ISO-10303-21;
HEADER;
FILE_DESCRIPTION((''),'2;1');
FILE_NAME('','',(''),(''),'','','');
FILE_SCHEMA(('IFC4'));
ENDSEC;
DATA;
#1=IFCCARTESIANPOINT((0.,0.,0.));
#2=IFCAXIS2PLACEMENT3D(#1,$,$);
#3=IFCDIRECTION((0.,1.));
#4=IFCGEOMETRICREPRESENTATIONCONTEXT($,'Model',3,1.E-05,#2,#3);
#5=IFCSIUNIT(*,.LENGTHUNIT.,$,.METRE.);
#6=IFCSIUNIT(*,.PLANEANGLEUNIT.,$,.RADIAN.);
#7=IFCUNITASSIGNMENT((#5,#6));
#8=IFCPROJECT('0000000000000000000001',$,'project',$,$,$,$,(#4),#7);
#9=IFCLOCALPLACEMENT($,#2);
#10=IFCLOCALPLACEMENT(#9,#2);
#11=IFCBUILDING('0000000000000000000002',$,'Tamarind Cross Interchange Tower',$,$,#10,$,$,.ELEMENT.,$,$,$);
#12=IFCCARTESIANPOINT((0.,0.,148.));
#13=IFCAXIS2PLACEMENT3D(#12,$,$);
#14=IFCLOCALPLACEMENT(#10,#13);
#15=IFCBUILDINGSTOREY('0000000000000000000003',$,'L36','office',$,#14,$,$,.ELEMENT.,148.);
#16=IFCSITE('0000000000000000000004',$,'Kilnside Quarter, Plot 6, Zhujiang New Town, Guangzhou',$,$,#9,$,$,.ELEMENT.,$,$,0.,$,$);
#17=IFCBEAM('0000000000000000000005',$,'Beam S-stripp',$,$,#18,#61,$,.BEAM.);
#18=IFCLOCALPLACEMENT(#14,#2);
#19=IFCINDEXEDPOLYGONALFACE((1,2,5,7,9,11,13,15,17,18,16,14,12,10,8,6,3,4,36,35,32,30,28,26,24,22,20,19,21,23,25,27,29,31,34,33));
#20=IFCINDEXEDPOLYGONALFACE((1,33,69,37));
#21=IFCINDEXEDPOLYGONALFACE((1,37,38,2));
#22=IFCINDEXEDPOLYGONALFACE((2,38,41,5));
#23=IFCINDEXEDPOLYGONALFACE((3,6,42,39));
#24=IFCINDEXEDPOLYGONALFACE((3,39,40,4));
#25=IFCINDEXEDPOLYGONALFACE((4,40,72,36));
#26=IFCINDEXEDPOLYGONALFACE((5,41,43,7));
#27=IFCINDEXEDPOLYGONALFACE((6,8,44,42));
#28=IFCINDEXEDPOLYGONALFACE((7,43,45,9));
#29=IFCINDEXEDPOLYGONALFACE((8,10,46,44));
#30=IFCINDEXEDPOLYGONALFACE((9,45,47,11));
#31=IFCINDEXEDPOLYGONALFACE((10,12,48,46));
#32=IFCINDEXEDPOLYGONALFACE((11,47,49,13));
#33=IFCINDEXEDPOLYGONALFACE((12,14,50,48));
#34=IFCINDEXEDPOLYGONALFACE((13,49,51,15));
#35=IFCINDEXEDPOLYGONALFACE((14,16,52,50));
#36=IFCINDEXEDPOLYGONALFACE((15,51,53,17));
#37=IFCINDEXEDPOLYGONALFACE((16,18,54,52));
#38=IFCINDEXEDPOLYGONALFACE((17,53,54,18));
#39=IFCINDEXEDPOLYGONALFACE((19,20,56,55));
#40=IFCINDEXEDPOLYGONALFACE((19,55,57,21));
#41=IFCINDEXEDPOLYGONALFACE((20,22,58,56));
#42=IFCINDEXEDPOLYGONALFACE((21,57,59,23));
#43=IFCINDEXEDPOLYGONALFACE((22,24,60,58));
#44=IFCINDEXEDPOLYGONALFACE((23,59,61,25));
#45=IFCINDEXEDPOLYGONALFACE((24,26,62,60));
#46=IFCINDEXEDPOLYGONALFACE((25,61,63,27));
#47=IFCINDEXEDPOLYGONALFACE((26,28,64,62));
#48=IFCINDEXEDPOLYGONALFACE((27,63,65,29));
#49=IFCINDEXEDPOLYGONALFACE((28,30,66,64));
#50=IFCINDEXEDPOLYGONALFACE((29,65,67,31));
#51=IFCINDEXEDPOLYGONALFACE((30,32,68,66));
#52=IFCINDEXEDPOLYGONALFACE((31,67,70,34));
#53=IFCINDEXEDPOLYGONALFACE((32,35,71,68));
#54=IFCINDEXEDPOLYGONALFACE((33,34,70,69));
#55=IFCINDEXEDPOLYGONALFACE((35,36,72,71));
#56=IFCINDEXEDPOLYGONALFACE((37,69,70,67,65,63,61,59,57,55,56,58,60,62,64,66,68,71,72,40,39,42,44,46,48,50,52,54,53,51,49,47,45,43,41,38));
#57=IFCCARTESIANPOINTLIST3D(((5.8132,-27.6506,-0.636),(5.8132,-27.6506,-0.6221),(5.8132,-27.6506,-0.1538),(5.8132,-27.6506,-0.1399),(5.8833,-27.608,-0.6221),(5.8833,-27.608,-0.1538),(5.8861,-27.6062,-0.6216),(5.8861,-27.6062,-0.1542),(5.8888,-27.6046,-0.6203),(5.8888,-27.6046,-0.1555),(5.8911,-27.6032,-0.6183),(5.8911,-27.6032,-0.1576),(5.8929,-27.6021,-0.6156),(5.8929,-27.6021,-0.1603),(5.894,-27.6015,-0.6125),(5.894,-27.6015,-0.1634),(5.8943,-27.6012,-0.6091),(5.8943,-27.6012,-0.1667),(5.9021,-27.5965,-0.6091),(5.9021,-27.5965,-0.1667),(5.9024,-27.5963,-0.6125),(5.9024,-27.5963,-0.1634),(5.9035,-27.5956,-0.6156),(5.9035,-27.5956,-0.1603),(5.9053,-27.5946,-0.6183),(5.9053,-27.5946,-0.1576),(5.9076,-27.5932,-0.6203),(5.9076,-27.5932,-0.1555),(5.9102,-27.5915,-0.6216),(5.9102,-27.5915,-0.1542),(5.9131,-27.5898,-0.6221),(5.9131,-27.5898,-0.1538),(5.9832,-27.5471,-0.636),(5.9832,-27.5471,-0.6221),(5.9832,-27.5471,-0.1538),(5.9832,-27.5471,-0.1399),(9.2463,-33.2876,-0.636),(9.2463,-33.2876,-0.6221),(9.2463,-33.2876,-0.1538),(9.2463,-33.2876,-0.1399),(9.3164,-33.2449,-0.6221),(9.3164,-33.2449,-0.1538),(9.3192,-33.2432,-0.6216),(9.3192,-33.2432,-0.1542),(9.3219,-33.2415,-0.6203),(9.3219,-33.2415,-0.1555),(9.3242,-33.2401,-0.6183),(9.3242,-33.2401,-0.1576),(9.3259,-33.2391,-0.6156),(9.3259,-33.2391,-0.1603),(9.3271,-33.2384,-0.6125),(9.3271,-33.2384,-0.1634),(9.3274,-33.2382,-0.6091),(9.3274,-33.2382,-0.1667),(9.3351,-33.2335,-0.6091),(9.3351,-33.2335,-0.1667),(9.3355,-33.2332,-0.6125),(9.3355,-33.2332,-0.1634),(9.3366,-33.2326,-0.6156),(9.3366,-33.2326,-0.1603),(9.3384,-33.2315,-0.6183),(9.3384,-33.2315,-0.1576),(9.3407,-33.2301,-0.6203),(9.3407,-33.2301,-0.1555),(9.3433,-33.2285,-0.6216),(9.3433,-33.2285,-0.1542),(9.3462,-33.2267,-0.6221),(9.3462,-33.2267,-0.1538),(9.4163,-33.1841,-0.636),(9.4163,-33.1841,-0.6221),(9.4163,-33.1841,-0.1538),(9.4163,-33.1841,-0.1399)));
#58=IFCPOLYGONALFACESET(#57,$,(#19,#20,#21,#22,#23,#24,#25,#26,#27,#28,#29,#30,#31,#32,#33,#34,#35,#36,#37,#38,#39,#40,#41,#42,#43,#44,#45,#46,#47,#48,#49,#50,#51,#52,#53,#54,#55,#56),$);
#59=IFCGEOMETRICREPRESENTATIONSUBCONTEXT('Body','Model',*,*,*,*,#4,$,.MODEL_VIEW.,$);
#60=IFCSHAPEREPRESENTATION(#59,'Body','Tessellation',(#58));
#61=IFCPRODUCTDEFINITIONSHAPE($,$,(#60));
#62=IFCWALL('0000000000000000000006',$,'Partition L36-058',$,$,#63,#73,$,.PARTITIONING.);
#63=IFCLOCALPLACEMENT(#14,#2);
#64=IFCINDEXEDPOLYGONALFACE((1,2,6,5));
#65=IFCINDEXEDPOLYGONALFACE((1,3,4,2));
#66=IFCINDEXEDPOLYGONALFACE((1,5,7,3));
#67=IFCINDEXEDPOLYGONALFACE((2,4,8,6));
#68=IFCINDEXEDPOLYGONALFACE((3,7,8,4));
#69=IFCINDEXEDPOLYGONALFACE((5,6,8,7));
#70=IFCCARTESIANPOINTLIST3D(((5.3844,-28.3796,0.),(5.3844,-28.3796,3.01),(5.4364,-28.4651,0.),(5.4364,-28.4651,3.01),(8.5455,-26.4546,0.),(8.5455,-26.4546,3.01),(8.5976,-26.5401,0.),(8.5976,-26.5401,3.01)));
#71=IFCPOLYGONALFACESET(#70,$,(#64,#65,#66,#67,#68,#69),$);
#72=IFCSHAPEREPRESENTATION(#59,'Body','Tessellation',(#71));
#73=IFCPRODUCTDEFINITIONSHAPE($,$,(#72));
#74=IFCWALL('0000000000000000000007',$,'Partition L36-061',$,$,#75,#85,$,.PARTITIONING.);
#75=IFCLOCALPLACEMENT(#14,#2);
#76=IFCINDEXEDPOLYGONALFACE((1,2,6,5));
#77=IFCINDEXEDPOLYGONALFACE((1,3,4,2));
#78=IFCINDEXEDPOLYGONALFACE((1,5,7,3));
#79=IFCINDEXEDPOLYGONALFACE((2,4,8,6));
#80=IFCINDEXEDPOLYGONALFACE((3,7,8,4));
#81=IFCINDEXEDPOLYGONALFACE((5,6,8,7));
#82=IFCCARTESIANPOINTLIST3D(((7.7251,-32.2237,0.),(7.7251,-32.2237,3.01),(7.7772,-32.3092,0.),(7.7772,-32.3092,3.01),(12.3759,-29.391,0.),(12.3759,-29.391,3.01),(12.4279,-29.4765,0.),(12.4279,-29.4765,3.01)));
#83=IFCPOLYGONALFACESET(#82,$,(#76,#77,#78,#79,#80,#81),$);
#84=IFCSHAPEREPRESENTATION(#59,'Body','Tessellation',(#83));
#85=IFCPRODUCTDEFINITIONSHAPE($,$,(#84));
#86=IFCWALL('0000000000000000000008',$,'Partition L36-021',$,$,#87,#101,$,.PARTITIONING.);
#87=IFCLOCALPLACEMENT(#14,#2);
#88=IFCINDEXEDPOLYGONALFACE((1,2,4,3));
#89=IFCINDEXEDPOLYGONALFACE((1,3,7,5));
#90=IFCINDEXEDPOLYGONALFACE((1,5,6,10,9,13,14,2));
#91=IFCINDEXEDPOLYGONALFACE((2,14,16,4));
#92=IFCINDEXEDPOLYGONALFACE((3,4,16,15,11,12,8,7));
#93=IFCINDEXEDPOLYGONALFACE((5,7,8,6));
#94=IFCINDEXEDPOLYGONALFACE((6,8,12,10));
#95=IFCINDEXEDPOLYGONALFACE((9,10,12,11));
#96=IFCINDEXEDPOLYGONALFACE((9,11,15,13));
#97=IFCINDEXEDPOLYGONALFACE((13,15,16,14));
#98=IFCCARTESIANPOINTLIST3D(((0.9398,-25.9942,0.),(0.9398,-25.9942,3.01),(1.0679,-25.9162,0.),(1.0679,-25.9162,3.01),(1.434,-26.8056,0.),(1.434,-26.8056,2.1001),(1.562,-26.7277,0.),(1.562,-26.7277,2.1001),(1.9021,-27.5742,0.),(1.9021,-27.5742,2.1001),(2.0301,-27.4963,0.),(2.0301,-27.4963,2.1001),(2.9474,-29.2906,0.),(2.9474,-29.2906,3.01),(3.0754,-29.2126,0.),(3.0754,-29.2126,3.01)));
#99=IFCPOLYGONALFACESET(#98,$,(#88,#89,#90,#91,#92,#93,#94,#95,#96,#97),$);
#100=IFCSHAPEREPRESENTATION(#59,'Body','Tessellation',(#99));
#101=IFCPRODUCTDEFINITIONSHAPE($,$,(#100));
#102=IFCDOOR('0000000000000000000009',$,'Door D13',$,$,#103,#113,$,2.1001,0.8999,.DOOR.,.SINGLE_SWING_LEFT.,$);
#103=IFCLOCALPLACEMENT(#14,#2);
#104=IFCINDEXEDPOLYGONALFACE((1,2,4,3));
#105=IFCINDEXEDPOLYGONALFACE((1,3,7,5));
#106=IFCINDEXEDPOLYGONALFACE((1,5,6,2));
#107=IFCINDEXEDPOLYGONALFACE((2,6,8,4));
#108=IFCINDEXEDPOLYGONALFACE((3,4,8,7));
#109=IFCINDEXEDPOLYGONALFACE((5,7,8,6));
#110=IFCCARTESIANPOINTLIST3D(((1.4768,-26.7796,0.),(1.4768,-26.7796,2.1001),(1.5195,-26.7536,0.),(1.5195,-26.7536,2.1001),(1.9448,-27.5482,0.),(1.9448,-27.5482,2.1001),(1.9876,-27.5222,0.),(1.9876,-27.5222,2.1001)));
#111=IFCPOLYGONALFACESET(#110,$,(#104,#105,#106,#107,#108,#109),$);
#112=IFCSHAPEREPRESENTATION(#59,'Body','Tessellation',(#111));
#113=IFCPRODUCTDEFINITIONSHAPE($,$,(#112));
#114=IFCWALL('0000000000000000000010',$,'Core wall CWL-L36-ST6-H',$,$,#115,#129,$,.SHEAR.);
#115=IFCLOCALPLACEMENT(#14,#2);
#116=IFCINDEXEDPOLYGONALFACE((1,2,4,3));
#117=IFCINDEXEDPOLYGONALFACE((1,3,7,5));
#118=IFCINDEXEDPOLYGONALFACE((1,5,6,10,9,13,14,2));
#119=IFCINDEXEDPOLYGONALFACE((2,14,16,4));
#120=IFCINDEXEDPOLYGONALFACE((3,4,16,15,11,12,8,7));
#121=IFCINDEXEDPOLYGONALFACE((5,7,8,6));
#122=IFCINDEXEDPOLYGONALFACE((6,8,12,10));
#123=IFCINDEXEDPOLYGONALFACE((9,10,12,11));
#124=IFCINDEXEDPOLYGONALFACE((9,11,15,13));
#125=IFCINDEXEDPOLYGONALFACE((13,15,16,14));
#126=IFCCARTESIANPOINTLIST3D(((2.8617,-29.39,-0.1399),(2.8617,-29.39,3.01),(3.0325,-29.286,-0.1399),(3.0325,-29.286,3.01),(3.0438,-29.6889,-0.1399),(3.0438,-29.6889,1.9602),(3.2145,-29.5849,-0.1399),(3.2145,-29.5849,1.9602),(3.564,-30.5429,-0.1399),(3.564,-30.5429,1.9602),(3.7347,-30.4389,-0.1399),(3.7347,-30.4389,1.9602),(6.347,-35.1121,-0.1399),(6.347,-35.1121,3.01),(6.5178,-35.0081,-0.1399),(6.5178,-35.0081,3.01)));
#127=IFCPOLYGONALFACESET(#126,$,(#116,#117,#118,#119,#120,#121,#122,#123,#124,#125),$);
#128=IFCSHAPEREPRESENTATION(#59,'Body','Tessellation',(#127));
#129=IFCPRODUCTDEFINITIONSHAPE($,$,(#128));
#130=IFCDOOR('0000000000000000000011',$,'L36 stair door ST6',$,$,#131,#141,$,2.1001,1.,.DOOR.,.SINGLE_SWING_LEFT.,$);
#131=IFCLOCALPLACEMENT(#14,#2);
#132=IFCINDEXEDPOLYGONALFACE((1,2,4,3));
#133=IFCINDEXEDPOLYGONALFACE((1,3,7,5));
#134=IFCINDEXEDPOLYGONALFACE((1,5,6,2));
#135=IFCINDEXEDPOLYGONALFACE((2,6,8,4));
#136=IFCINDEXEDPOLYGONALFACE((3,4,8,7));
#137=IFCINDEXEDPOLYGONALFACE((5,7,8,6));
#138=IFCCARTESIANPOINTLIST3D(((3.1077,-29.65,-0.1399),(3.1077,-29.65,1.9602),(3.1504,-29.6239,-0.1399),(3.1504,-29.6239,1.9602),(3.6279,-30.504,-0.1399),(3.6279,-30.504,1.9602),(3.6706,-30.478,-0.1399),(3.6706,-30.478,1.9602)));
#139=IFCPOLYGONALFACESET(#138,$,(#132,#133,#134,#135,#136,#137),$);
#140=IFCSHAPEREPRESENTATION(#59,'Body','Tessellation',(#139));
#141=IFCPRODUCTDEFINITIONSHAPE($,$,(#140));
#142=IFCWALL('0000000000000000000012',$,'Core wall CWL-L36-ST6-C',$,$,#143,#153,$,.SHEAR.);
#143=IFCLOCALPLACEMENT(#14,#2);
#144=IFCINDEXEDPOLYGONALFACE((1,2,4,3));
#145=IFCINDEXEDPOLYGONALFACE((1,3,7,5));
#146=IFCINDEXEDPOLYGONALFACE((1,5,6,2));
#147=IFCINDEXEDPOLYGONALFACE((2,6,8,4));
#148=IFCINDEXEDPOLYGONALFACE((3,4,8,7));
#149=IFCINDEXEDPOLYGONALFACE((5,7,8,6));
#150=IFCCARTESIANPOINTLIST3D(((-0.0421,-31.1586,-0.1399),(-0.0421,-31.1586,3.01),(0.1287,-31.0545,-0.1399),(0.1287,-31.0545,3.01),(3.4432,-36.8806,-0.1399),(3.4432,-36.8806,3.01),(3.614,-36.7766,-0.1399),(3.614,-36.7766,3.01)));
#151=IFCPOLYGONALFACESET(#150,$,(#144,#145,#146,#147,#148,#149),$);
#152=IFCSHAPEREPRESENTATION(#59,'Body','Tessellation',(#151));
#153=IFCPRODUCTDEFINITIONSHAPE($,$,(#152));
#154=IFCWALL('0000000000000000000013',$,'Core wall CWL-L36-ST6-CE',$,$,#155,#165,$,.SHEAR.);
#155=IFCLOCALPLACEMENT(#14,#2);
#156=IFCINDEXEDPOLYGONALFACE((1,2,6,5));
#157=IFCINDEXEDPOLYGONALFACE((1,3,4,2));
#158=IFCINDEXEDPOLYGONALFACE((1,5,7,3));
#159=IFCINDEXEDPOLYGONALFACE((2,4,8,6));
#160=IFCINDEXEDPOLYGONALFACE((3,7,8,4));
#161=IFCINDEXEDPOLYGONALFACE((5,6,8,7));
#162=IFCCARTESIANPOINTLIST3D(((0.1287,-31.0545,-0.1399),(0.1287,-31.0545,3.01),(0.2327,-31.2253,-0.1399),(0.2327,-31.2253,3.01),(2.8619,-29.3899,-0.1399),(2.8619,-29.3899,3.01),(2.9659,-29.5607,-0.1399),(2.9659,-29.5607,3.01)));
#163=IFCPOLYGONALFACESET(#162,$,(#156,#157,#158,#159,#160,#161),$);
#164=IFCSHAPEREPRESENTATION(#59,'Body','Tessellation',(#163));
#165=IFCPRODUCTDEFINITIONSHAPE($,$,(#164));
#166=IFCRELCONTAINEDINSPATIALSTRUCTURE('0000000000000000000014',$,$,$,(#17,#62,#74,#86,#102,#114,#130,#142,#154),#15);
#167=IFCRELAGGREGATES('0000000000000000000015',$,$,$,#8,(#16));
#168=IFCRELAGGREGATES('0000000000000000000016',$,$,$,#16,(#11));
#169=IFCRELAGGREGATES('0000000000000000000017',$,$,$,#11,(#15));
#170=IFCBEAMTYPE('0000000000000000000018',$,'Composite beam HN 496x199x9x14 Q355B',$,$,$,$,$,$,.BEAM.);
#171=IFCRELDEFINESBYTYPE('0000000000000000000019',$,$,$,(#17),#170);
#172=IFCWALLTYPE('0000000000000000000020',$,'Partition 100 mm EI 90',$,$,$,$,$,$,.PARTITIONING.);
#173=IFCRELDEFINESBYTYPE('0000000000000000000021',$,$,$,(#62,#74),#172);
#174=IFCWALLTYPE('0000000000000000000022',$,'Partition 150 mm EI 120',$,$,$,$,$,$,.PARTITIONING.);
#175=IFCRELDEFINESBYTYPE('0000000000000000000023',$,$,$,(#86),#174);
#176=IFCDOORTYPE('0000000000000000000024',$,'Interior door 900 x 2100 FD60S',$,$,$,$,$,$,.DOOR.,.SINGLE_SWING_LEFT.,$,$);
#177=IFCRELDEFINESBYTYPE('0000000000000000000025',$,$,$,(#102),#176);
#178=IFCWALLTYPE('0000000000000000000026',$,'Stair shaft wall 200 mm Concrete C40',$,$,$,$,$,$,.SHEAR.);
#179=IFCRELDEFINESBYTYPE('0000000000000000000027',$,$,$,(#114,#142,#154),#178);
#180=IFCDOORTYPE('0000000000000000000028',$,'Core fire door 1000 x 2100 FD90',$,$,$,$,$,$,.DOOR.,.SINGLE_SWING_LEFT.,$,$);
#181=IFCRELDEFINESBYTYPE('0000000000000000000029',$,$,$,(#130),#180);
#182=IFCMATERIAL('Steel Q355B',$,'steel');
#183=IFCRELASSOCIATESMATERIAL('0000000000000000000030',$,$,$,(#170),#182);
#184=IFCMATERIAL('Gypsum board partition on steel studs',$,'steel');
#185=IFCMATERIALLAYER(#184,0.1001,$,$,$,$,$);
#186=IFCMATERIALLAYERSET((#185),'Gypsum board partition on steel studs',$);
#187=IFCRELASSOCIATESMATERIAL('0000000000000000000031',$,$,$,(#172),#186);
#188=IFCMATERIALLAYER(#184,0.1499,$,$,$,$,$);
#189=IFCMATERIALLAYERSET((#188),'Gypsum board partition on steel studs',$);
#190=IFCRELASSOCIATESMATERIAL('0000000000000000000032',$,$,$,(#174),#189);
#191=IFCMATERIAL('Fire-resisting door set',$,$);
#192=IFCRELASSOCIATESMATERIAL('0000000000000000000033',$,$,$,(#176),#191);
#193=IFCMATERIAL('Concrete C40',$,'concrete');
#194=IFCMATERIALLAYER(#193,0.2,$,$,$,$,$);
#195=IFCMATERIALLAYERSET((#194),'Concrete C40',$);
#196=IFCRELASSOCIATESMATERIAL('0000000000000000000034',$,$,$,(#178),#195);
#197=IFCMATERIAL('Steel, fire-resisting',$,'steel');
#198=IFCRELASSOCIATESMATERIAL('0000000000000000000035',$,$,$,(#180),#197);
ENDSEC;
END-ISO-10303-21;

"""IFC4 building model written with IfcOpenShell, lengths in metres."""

from ifc_helpers import new_model, si_unit, direction, frame, frame_2d, origin, origin_2d, place, context, subcontext, project, spatial, rectangle, i_section, extrude, material, layer, layer_set, material_profile, profile_set, type_object, element, fill, save


model = new_model("IFC4")

# Units and contexts
model_context = context("Model", 3, precision=1e-05, world=origin(), true_north=direction((0.0, 1.0)))
body_context = subcontext(model_context, "Body", "Model", "MODEL_VIEW")
ifc_project = project(units=[si_unit("LENGTHUNIT", "METRE"), si_unit("PLANEANGLEUNIT", "RADIAN")], contexts=[model_context])

# Site, building, storey
site_placement = place(None, origin())
site = spatial("IfcSite", under=ifc_project, at=site_placement, Name="Kilnside Quarter, Plot 6, Zhujiang New Town, Guangzhou", CompositionType="ELEMENT", RefElevation=0.0)
building_placement = place(site_placement, origin())
building = spatial("IfcBuilding", under=site, at=building_placement, Name="Tamarind Cross Interchange Tower", CompositionType="ELEMENT")
storey_placement = place(building_placement, frame((0.0, 0.0, 148.0)))
storey = spatial("IfcBuildingStorey", under=building, at=storey_placement, Name="L36", Description="office", CompositionType="ELEMENT", Elevation=148.0)

# Beam
ifc_material_1 = material(Name="Steel Q355B", Category="steel")
ifc_material_profile_1 = material_profile(ifc_material_1, i_section(OverallWidth=0.199, OverallDepth=0.4961, WebThickness=0.009, FlangeThickness=0.0139, FilletRadius=0.0129, at=origin_2d()), Name="HN 496x199x9x14")
ifc_profile_set_1 = profile_set([ifc_material_profile_1], Name="Steel Q355B")
beam_type = type_object("IfcBeamType", Name="Composite beam HN 496x199x9x14 Q355B", PredefinedType="BEAM", material=ifc_profile_set_1)
for number, where, z_axis, x_axis, name in (
    (1, (5.8982, -27.5989, -0.3879), (0.520158, -0.85407, 0.0), (0.85407, 0.520158, 0.0), "Beam S-stripp"),
):
    element("IfcBeam", number, at=place(storey_placement, frame(where, z_axis=z_axis, x_axis=x_axis)), inside=storey, type_object=beam_type, Name=name, PredefinedType="BEAM", context=body_context, shape_type="SweptSolid", body=[
        extrude(i_section(OverallWidth=0.199, OverallDepth=0.4961, WebThickness=0.009, FlangeThickness=0.0139, FilletRadius=0.0129, at=origin_2d()), origin(), (0.0, 0.0, 1.0), 6.6001),
    ])

# Walls
ifc_material_2 = material(Name="Gypsum board partition on steel studs", Category="steel")
ifc_layer_1 = layer(ifc_material_2, 0.1001)
ifc_layer_set_1 = layer_set([ifc_layer_1], Name="Gypsum board partition on steel studs")
wall_type_1 = type_object("IfcWallType", Name="Partition 100 mm EI 90", PredefinedType="PARTITIONING", material=ifc_layer_set_1)
wall_1_placement = place(storey_placement, frame((5.4104, -28.4224, 0.0), z_axis=(0.0, 0.0, 1.0), x_axis=(0.854093, 0.520121, 0.0)))
element("IfcWall", 2, at=wall_1_placement, inside=storey, type_object=wall_type_1, Name="Partition L36-058", PredefinedType="PARTITIONING", context=body_context, shape_type="SweptSolid", body=[
    extrude(rectangle(XDim=3.7012, YDim=0.1001, at=frame_2d((1.8506, 0.0))), origin(), (0.0, 0.0, 1.0), 3.01),
])
wall_2_placement = place(storey_placement, frame((7.7512, -32.2664, 0.0), z_axis=(0.0, 0.0, 1.0), x_axis=(0.854052, 0.520187, 0.0)))
element("IfcWall", 3, at=wall_2_placement, inside=storey, type_object=wall_type_1, Name="Partition L36-061", PredefinedType="PARTITIONING", context=body_context, shape_type="SweptSolid", body=[
    extrude(rectangle(XDim=5.4456, YDim=0.1001, at=frame_2d((2.7227, 0.0))), origin(), (0.0, 0.0, 1.0), 3.01),
])

# Walls, openings, doors
ifc_layer_2 = layer(ifc_material_2, 0.1499)
ifc_layer_set_2 = layer_set([ifc_layer_2], Name="Gypsum board partition on steel studs")
wall_type_2 = type_object("IfcWallType", Name="Partition 150 mm EI 120", PredefinedType="PARTITIONING", material=ifc_layer_set_2)
wall_3_placement = place(storey_placement, frame((1.0039, -25.9553, 0.0), z_axis=(0.0, 0.0, 1.0), x_axis=(0.52015, -0.854075, 0.0)))
wall_3 = element("IfcWall", 4, at=wall_3_placement, inside=storey, type_object=wall_type_2, Name="Partition L36-021", PredefinedType="PARTITIONING", context=body_context, shape_type="SweptSolid", body=[
    extrude(rectangle(XDim=3.8596, YDim=0.1499, at=frame_2d((1.9297, 0.0))), origin(), (0.0, 0.0, 1.0), 3.01),
])
opening_1_placement = place(wall_3_placement, frame((0.95, 0.0, 0.0)))
opening_1 = element("IfcOpeningElement", 5, at=opening_1_placement, cuts=wall_3, PredefinedType="OPENING", context=body_context, shape_type="SweptSolid", body=[
    extrude(rectangle(XDim=0.8999, YDim=2.1001, at=frame_2d((0.45, 1.05))), frame((0.0, 0.085, 0.0), z_axis=(0.0, -1.0, 0.0), x_axis=(1.0, 0.0, 0.0)), (0.0, 0.0, 1.0), 0.1699),
])
ifc_material_3 = material(Name="Fire-resisting door set")
door_type_1 = type_object("IfcDoorType", Name="Interior door 900 x 2100 FD60S", OperationType="SINGLE_SWING_LEFT", PredefinedType="DOOR", material=ifc_material_3)
door_1_placement = place(opening_1_placement, frame((0.8999, 0.0, 0.0), z_axis=(0.0, 0.0, 1.0), x_axis=(-1.0, 0.0, 0.0)))
door_1 = element("IfcDoor", 6, at=door_1_placement, inside=storey, type_object=door_type_1, Name="Door D13", OperationType="SINGLE_SWING_LEFT", OverallHeight=2.1001, OverallWidth=0.8999, PredefinedType="DOOR", context=body_context, shape_type="SweptSolid", body=[
    extrude(rectangle(XDim=0.8999, YDim=2.1001, at=frame_2d((0.45, 1.05))), frame((0.0, 0.0249, 0.0), z_axis=(0.0, -1.0, 0.0), x_axis=(1.0, 0.0, 0.0)), (0.0, 0.0, 1.0), 0.05),
])
fill(opening_1, door_1)
ifc_material_4 = material(Name="Concrete C40", Category="concrete")
ifc_layer_3 = layer(ifc_material_4, 0.2)
ifc_layer_set_3 = layer_set([ifc_layer_3], Name="Concrete C40")
wall_type_3 = type_object("IfcWallType", Name="Stair shaft wall 200 mm Concrete C40", PredefinedType="SHEAR", material=ifc_layer_set_3)
wall_4_placement = place(storey_placement, frame((2.947, -29.3379, -0.1399), z_axis=(0.0, 0.0, 1.0), x_axis=(0.520197, -0.854047, 0.0)))
wall_4 = element("IfcWall", 7, at=wall_4_placement, inside=storey, type_object=wall_type_3, Name="Core wall CWL-L36-ST6-H", PredefinedType="SHEAR", context=body_context, shape_type="SweptSolid", body=[
    extrude(rectangle(XDim=6.7, YDim=0.2, at=frame_2d((3.3501, 0.0))), origin(), (0.0, 0.0, 1.0), 3.1499),
])
opening_2_placement = place(wall_4_placement, frame((0.3501, 0.0, 0.0)))
opening_2 = element("IfcOpeningElement", 8, at=opening_2_placement, cuts=wall_4, PredefinedType="OPENING", context=body_context, shape_type="SweptSolid", body=[
    extrude(rectangle(XDim=1.0, YDim=2.1001, at=frame_2d((0.5, 1.05))), frame((0.0, 0.1099, 0.0), z_axis=(0.0, -1.0, 0.0), x_axis=(1.0, 0.0, 0.0)), (0.0, 0.0, 1.0), 0.22),
])
ifc_material_5 = material(Name="Steel, fire-resisting", Category="steel")
door_type_2 = type_object("IfcDoorType", Name="Core fire door 1000 x 2100 FD90", OperationType="SINGLE_SWING_LEFT", PredefinedType="DOOR", material=ifc_material_5)
door_2_placement = place(opening_2_placement, origin())
door_2 = element("IfcDoor", 9, at=door_2_placement, inside=storey, type_object=door_type_2, Name="L36 stair door ST6", OperationType="SINGLE_SWING_LEFT", OverallHeight=2.1001, OverallWidth=1.0, PredefinedType="DOOR", context=body_context, shape_type="SweptSolid", body=[
    extrude(rectangle(XDim=1.0, YDim=2.1001, at=frame_2d((0.5, 1.05))), frame((0.0, 0.0249, 0.0), z_axis=(0.0, -1.0, 0.0), x_axis=(1.0, 0.0, 0.0)), (0.0, 0.0, 1.0), 0.05),
])
fill(opening_2, door_2)

# Walls
wall_5_placement = place(storey_placement, frame((0.0432, -31.1064, -0.1399), z_axis=(0.0, 0.0, 1.0), x_axis=(0.520197, -0.854047, 0.0)))
element("IfcWall", 10, at=wall_5_placement, inside=storey, type_object=wall_type_3, Name="Core wall CWL-L36-ST6-C", PredefinedType="SHEAR", context=body_context, shape_type="SweptSolid", body=[
    extrude(rectangle(XDim=6.7, YDim=0.2, at=frame_2d((3.3501, 0.0))), origin(), (0.0, 0.0, 1.0), 3.1499),
])
wall_6_placement = place(storey_placement, frame((0.1807, -31.1399, -0.1399), z_axis=(0.0, 0.0, 1.0), x_axis=(0.854075, 0.52015, 0.0)))
element("IfcWall", 11, at=wall_6_placement, inside=storey, type_object=wall_type_3, Name="Core wall CWL-L36-ST6-CE", PredefinedType="SHEAR", context=body_context, shape_type="SweptSolid", body=[
    extrude(rectangle(XDim=3.2002, YDim=0.2, at=frame_2d((1.6001, 0.0))), origin(), (0.0, 0.0, 1.0), 3.1499),
])

save(model, "model.ifc")
